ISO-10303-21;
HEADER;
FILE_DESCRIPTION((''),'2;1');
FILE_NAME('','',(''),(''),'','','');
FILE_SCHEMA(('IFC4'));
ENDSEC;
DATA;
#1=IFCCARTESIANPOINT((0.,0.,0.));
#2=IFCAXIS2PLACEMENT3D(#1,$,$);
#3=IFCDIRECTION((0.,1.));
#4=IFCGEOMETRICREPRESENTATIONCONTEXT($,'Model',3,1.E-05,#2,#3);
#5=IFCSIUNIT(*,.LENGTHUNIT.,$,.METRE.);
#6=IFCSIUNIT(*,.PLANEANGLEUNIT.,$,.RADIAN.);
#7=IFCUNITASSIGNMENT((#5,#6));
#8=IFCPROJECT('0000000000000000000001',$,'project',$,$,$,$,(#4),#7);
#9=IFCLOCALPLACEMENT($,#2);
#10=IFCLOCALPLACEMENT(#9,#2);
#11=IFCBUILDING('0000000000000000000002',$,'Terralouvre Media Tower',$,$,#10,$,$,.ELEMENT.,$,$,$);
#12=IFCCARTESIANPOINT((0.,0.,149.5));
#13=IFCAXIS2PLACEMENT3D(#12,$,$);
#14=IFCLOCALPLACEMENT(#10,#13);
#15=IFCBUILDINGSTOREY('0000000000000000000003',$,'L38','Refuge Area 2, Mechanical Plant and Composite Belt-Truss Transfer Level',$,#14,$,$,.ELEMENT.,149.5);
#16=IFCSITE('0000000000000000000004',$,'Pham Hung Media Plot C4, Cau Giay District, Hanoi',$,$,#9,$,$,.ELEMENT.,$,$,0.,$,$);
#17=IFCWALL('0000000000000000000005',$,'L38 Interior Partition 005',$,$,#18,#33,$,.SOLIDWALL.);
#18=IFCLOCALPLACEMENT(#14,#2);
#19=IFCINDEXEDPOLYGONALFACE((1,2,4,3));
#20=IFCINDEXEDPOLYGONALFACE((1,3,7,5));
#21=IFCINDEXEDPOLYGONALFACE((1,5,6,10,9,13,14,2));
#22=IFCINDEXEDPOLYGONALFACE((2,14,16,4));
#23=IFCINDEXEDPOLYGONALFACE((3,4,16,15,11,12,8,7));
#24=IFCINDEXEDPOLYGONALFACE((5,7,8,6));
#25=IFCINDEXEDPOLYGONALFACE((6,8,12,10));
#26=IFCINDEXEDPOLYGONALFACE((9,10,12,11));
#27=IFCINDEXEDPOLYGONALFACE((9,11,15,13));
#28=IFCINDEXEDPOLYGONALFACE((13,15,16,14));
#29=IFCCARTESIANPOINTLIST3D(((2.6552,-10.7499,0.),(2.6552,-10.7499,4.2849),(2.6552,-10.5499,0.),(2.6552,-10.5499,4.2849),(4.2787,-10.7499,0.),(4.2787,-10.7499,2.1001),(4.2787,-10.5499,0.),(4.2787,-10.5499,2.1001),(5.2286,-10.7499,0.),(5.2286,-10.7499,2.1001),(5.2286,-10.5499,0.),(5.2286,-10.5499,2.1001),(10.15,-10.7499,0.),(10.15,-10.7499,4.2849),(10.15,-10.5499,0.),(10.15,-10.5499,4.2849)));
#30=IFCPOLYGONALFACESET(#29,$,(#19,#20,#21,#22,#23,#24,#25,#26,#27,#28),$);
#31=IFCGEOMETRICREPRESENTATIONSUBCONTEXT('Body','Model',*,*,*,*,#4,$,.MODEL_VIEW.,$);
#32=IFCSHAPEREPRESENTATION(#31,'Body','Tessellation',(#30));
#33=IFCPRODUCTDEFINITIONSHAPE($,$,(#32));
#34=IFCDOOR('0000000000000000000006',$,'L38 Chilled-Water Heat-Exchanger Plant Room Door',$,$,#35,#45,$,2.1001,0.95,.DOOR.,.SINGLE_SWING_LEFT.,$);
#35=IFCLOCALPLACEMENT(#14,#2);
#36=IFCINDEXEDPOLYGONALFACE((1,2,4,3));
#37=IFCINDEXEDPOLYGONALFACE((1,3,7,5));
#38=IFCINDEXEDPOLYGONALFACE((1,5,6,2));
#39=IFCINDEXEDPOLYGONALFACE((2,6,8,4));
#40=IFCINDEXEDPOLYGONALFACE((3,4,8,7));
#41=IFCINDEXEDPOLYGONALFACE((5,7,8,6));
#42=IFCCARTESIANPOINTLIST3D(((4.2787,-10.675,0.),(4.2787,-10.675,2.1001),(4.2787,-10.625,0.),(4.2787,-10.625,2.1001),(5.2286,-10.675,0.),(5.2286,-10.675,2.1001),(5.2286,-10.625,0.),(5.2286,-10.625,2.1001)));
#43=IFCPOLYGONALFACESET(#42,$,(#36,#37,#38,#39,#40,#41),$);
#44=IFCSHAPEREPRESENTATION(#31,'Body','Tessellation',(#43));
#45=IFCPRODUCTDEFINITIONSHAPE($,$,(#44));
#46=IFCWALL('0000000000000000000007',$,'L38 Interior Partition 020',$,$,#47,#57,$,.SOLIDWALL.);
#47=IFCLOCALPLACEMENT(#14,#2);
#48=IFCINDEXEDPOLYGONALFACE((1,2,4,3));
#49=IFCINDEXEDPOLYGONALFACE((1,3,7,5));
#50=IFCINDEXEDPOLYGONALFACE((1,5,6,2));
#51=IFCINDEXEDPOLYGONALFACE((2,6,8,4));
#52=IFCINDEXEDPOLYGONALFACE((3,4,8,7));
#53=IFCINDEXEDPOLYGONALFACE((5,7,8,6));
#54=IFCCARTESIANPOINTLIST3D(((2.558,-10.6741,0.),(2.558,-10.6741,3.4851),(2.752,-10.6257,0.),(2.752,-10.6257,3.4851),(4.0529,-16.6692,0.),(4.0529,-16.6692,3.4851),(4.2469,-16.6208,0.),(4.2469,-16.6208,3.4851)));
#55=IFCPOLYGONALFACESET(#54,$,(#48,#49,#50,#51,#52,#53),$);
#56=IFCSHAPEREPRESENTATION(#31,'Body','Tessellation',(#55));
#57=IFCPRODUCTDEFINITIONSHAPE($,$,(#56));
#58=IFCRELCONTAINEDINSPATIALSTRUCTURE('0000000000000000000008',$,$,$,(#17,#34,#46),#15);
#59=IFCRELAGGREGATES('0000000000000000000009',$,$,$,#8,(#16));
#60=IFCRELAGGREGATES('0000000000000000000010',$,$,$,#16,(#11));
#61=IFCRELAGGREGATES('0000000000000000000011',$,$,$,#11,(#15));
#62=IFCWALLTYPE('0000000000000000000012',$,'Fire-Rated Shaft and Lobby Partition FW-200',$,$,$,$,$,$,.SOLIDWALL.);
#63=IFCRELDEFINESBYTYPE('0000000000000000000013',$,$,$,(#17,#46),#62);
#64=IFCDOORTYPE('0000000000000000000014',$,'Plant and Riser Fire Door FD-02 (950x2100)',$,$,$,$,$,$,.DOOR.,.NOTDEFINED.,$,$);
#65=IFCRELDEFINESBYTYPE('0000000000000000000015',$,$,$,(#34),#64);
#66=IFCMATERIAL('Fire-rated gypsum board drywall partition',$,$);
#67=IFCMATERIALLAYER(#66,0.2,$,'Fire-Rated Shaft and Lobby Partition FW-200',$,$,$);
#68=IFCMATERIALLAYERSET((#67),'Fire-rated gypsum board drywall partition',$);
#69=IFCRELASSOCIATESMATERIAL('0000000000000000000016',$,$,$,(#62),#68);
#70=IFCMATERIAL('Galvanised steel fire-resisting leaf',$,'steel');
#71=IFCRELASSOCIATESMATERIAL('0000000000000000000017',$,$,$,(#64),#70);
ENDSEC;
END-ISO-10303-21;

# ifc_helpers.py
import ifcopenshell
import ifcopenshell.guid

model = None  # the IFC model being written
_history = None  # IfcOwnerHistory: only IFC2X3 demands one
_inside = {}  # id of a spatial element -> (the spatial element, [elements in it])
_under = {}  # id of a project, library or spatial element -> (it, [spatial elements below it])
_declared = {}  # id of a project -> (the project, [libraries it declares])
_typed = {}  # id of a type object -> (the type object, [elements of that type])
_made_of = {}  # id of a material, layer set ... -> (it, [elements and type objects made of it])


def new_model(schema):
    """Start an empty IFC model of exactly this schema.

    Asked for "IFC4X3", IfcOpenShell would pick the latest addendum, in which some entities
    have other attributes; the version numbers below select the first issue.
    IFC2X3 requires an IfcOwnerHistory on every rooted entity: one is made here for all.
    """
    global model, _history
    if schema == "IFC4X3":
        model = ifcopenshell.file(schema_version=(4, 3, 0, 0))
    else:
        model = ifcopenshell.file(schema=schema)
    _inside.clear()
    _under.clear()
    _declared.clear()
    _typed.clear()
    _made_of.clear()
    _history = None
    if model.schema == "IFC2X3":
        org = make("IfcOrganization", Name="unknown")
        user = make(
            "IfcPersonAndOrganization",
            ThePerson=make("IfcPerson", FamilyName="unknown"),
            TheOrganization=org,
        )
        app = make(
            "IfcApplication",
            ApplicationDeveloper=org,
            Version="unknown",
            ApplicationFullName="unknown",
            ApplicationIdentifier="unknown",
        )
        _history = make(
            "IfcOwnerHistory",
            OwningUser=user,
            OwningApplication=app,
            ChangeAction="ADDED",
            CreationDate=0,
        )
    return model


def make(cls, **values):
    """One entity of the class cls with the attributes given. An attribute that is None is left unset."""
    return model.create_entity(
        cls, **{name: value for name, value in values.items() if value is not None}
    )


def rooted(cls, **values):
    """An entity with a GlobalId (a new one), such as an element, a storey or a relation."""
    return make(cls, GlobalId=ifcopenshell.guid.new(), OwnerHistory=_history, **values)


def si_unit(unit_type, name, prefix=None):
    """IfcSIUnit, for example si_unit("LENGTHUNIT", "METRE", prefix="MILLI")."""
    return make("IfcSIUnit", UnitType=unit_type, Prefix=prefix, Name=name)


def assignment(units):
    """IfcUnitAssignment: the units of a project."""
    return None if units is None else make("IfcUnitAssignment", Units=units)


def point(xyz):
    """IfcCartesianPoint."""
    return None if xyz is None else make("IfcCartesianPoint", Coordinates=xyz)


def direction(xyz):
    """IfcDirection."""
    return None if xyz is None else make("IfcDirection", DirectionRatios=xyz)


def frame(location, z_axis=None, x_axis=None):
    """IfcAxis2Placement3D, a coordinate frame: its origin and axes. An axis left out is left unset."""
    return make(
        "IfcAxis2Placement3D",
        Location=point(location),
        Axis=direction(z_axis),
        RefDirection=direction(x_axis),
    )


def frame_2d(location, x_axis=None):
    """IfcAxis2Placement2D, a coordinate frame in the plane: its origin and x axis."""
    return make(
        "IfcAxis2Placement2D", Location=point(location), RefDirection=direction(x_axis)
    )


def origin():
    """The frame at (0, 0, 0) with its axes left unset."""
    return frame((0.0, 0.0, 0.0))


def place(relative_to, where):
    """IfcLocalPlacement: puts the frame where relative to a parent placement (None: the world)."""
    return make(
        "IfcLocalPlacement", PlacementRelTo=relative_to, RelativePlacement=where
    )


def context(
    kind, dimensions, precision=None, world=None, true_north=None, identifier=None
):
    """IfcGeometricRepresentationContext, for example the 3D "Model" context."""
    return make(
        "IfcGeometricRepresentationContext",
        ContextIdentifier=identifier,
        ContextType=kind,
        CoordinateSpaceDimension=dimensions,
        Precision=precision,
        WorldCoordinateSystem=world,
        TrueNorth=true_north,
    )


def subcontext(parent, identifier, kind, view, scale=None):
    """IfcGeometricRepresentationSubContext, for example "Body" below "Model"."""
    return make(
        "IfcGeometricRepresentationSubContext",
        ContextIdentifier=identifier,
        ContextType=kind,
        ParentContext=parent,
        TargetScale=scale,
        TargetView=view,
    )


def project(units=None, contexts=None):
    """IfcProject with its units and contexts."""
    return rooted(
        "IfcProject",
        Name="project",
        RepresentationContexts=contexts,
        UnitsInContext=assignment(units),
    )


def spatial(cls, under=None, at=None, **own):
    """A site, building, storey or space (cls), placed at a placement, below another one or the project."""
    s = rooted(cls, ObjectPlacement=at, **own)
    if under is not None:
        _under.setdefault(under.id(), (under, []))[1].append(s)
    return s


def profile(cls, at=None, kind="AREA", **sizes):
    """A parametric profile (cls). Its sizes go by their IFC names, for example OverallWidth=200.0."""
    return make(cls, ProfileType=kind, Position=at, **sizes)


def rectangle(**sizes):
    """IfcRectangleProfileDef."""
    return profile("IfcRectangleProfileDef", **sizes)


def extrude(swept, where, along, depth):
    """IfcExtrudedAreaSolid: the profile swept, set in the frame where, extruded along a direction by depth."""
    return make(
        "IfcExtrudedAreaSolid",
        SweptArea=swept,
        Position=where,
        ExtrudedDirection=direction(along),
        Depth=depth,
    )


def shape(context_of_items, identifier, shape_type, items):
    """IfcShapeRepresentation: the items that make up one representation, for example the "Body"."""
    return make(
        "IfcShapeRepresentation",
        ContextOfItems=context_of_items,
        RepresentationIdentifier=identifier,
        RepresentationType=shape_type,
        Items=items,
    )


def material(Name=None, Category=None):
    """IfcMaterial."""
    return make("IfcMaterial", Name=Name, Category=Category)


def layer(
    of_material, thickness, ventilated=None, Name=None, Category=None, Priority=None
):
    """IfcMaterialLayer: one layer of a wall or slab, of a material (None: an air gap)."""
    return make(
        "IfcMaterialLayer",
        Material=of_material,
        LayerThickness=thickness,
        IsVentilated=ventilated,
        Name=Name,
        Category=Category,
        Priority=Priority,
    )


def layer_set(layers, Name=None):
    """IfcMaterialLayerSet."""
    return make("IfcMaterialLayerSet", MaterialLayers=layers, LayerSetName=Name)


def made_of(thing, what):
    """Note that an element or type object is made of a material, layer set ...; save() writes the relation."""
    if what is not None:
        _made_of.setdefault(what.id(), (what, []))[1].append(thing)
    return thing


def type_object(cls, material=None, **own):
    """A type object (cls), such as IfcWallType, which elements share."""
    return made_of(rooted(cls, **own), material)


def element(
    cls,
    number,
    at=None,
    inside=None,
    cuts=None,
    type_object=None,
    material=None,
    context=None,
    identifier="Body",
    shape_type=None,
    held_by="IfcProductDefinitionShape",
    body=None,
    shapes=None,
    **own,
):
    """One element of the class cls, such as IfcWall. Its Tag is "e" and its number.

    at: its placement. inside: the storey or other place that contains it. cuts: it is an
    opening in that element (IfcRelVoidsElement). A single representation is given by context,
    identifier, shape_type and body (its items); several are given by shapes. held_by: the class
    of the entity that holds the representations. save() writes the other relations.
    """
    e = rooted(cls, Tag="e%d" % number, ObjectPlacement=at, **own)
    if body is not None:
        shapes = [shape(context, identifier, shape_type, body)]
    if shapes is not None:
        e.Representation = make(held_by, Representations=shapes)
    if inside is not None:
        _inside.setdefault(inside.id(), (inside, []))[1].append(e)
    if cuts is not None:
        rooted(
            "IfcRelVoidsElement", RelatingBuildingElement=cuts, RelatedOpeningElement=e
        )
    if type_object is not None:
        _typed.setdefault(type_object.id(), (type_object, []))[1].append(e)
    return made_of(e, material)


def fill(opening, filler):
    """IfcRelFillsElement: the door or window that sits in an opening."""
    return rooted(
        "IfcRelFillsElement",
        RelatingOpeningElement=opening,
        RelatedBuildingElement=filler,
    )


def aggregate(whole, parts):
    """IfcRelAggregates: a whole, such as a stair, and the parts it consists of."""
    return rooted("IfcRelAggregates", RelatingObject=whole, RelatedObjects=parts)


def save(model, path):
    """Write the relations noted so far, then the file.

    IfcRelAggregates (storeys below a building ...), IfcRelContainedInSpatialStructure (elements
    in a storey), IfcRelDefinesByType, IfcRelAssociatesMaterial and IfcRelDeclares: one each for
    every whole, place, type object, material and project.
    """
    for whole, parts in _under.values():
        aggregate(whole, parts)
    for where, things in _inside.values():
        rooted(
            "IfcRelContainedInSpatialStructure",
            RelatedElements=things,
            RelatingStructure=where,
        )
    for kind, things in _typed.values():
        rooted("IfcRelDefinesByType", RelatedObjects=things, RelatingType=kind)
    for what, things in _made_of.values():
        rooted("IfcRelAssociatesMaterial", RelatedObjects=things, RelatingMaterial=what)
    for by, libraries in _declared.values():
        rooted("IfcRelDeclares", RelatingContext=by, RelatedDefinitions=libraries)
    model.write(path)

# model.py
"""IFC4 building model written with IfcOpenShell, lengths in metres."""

from ifc_helpers import new_model, si_unit, direction, frame, frame_2d, origin, place, context, subcontext, project, spatial, rectangle, extrude, material, layer, layer_set, type_object, element, fill, save


model = new_model("IFC4")

# Units and contexts
model_context = context("Model", 3, precision=1e-05, world=origin(), true_north=direction((0.0, 1.0)))
body_context = subcontext(model_context, "Body", "Model", "MODEL_VIEW")
ifc_project = project(units=[si_unit("LENGTHUNIT", "METRE"), si_unit("PLANEANGLEUNIT", "RADIAN")], contexts=[model_context])

# Site, building, storey
site_placement = place(None, origin())
site = spatial("IfcSite", under=ifc_project, at=site_placement, Name="Pham Hung Media Plot C4, Cau Giay District, Hanoi", CompositionType="ELEMENT", RefElevation=0.0)
building_placement = place(site_placement, origin())
building = spatial("IfcBuilding", under=site, at=building_placement, Name="Terralouvre Media Tower", CompositionType="ELEMENT")
storey_placement = place(building_placement, frame((0.0, 0.0, 149.5)))
storey = spatial("IfcBuildingStorey", under=building, at=storey_placement, Name="L38", Description="Refuge Area 2, Mechanical Plant and Composite Belt-Truss Transfer Level", CompositionType="ELEMENT", Elevation=149.5)

# Wall, opening, door
ifc_material_1 = material(Name="Fire-rated gypsum board drywall partition")
ifc_layer_1 = layer(ifc_material_1, 0.2, Name="Fire-Rated Shaft and Lobby Partition FW-200")
ifc_layer_set_1 = layer_set([ifc_layer_1], Name="Fire-rated gypsum board drywall partition")
wall_type = type_object("IfcWallType", Name="Fire-Rated Shaft and Lobby Partition FW-200", PredefinedType="SOLIDWALL", material=ifc_layer_set_1)
wall_1_placement = place(storey_placement, frame((2.655, -10.6499, 0.0), z_axis=(0.0, 0.0, 1.0), x_axis=(1.0, 0.0, 0.0)))
wall_1 = element("IfcWall", 1, at=wall_1_placement, inside=storey, type_object=wall_type, Name="L38 Interior Partition 005", PredefinedType="SOLIDWALL", context=body_context, shape_type="SweptSolid", body=[
    extrude(rectangle(XDim=7.4949, YDim=0.2, at=frame_2d((3.7476, 0.0))), origin(), (0.0, 0.0, 1.0), 4.2849),
])
opening_placement = place(wall_1_placement, frame((1.6235, 0.0, 0.0)))
opening = element("IfcOpeningElement", 2, at=opening_placement, cuts=wall_1, PredefinedType="OPENING", context=body_context, shape_type="SweptSolid", body=[
    extrude(rectangle(XDim=0.95, YDim=2.1001, at=frame_2d((0.4751, 1.05))), frame((0.0, 0.1099, 0.0), z_axis=(0.0, -1.0, 0.0), x_axis=(1.0, 0.0, 0.0)), (0.0, 0.0, 1.0), 0.22),
])
ifc_material_2 = material(Name="Galvanised steel fire-resisting leaf", Category="steel")
door_type = type_object("IfcDoorType", Name="Plant and Riser Fire Door FD-02 (950x2100)", OperationType="NOTDEFINED", PredefinedType="DOOR", material=ifc_material_2)
door_placement = place(opening_placement, origin())
door = element("IfcDoor", 3, at=door_placement, inside=storey, type_object=door_type, Name="L38 Chilled-Water Heat-Exchanger Plant Room Door", OperationType="SINGLE_SWING_LEFT", OverallHeight=2.1001, OverallWidth=0.95, PredefinedType="DOOR", context=body_context, shape_type="SweptSolid", body=[
    extrude(rectangle(XDim=0.95, YDim=2.1001, at=frame_2d((0.4751, 1.05))), frame((0.0, 0.0249, 0.0), z_axis=(0.0, -1.0, 0.0), x_axis=(1.0, 0.0, 0.0)), (0.0, 0.0, 1.0), 0.05),
])
fill(opening, door)

# Wall
wall_2_placement = place(storey_placement, frame((4.1499, -16.645, 0.0), z_axis=(0.0, 0.0, 1.0), x_axis=(-0.241941, 0.970291, 0.0)))
element("IfcWall", 4, at=wall_2_placement, inside=storey, type_object=wall_type, Name="L38 Interior Partition 020", PredefinedType="SOLIDWALL", context=body_context, shape_type="SweptSolid", body=[
    extrude(rectangle(XDim=6.1787, YDim=0.2, at=frame_2d((3.0894, 0.0))), origin(), (0.0, 0.0, 1.0), 3.4851),
])

save(model, "model.ifc")
